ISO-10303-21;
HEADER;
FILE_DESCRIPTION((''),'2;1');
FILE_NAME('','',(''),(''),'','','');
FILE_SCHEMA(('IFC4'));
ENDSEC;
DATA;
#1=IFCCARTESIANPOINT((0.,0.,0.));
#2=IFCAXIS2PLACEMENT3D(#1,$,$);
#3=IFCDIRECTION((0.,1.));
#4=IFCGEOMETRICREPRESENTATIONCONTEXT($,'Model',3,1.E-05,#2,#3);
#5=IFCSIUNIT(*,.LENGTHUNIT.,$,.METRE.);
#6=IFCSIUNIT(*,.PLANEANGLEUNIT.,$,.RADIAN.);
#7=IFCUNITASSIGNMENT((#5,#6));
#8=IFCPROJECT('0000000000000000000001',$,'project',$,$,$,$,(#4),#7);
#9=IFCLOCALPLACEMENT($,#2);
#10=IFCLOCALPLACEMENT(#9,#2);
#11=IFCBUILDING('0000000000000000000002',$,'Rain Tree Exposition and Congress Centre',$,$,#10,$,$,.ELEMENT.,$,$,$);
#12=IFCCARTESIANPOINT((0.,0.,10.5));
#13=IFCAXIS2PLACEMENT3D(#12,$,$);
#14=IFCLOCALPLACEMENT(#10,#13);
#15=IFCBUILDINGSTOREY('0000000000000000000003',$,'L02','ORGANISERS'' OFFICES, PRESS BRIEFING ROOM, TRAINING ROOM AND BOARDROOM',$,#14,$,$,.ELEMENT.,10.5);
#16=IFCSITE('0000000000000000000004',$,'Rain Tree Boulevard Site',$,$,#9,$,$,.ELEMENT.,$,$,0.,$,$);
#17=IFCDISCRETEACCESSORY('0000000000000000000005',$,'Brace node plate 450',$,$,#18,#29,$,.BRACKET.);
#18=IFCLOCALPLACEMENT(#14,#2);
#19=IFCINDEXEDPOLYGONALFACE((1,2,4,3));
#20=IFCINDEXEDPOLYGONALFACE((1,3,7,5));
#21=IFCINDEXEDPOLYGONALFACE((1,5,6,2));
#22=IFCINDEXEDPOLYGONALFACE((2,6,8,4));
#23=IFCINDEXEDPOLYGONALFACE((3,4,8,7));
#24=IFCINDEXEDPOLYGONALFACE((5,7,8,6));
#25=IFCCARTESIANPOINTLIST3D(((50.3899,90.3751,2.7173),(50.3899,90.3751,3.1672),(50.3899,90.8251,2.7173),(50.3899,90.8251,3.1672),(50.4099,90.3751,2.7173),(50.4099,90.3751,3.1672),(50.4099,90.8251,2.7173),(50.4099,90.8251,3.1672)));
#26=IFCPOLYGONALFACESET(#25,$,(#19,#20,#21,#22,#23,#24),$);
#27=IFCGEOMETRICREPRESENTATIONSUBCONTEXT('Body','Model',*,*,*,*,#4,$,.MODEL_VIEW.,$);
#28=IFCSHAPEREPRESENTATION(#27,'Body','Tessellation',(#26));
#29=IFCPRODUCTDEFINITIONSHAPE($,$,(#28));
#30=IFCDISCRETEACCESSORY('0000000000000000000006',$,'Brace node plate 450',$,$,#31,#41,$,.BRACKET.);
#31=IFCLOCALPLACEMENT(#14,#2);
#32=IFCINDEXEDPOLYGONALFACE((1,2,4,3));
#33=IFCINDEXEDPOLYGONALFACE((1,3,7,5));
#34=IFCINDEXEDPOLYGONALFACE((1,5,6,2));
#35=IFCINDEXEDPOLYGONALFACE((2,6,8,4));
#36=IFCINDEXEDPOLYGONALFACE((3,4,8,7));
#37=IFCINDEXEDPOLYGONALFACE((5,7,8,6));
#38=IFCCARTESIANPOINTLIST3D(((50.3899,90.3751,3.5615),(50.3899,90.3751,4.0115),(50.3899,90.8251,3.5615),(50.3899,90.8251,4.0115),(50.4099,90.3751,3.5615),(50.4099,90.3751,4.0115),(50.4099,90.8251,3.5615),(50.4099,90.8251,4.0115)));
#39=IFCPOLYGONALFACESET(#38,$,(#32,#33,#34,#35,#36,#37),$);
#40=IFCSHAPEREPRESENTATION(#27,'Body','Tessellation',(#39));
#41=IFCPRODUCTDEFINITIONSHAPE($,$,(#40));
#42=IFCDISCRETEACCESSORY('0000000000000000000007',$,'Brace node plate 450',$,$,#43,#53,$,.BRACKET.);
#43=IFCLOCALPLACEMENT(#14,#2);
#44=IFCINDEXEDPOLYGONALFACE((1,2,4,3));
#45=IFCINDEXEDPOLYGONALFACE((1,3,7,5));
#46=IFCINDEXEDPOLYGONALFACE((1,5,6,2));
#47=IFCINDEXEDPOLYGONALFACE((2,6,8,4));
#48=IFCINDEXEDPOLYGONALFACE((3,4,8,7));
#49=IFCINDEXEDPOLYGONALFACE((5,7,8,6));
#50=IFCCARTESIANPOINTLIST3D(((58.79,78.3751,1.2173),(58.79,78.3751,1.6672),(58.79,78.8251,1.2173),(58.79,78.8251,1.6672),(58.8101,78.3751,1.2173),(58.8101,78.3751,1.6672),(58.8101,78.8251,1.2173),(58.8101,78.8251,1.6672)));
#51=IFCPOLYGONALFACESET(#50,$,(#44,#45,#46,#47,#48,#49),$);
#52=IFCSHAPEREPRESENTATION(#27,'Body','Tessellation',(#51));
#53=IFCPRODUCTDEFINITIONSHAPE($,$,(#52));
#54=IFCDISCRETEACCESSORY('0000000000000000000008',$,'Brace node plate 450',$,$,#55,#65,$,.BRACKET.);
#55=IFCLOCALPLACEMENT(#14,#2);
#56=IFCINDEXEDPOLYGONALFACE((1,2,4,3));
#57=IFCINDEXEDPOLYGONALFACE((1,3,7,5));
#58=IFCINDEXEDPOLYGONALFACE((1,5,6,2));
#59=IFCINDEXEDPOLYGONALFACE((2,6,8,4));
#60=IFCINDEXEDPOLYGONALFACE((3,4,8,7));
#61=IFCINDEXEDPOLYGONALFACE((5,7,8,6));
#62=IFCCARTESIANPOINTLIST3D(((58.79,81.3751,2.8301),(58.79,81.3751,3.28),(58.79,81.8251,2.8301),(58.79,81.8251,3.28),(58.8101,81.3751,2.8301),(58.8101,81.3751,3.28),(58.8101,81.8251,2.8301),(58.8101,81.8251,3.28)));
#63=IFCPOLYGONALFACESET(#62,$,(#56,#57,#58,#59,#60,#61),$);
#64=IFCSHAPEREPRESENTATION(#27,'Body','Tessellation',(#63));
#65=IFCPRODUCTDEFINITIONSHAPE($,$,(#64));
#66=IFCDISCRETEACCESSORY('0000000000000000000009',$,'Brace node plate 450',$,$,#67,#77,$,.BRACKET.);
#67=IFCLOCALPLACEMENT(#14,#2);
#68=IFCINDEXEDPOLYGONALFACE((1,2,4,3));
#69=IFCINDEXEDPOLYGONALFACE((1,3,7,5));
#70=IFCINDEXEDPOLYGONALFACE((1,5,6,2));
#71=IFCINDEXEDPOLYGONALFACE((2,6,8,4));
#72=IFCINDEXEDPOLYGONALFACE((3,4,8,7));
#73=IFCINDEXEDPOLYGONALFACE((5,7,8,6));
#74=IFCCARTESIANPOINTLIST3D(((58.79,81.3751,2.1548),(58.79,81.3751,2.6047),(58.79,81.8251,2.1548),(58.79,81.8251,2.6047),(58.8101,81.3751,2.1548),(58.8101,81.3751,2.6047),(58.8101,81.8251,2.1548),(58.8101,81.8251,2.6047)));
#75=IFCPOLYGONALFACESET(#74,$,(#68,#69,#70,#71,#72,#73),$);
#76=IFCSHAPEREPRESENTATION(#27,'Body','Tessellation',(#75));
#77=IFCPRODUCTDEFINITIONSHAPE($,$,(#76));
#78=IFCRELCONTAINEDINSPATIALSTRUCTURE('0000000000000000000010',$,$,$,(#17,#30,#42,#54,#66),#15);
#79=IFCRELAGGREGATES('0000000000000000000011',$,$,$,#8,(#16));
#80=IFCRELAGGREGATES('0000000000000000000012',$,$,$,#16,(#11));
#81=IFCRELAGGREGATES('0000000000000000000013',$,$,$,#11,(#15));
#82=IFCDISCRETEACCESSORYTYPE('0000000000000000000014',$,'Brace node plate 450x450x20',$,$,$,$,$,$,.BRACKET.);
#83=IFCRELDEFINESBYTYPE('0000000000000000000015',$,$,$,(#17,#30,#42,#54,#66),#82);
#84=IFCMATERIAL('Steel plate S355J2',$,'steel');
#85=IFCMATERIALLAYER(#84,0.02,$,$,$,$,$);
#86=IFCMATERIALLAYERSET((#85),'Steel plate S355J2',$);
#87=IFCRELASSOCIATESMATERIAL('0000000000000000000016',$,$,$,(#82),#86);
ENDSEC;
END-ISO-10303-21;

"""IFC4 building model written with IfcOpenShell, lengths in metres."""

from ifc_helpers import new_model, si_unit, direction, frame, origin, origin_2d, place, context, subcontext, project, spatial, rectangle, extrude, material, layer, layer_set, type_object, element, save


model = new_model("IFC4")

# Units and contexts
model_context = context("Model", 3, precision=1e-05, world=origin(), true_north=direction((0.0, 1.0)))
body_context = subcontext(model_context, "Body", "Model", "MODEL_VIEW")
ifc_project = project(units=[si_unit("LENGTHUNIT", "METRE"), si_unit("PLANEANGLEUNIT", "RADIAN")], contexts=[model_context])

# Site, building, storey
site_placement = place(None, origin())
site = spatial("IfcSite", under=ifc_project, at=site_placement, Name="Rain Tree Boulevard Site", CompositionType="ELEMENT", RefElevation=0.0)
building_placement = place(site_placement, origin())
building = spatial("IfcBuilding", under=site, at=building_placement, Name="Rain Tree Exposition and Congress Centre", CompositionType="ELEMENT")
storey_placement = place(building_placement, frame((0.0, 0.0, 10.5)))
storey = spatial("IfcBuildingStorey", under=building, at=storey_placement, Name="L02", Description="ORGANISERS' OFFICES, PRESS BRIEFING ROOM, TRAINING ROOM AND BOARDROOM", CompositionType="ELEMENT", Elevation=10.5)

# Discrete accessories
ifc_material_1 = material(Name="Steel plate S355J2", Category="steel")
ifc_layer = layer(ifc_material_1, 0.02)
ifc_layer_set = layer_set([ifc_layer], Name="Steel plate S355J2")
discrete_accessory_type = type_object("IfcDiscreteAccessoryType", Name="Brace node plate 450x450x20", PredefinedType="BRACKET", material=ifc_layer_set)
for number, where, z_axis, x_axis, name in (
    (1, (50.3999, 90.6001, 2.7173), (0.0, 0.0, 1.0), (0.0, -1.0, 0.0), "Brace node plate 450"),
    (2, (50.3999, 90.6001, 3.5615), (0.0, 0.0, 1.0), (0.0, 1.0, 0.0), "Brace node plate 450"),
    (3, (58.8, 78.6001, 1.2173), (0.0, 0.0, 1.0), (0.0, 1.0, 0.0), "Brace node plate 450"),
    (4, (58.8, 81.6001, 2.8301), (0.0, 0.0, 1.0), (0.0, -1.0, 0.0), "Brace node plate 450"),
    (5, (58.8, 81.6001, 2.1548), (0.0, 0.0, 1.0), (0.0, 1.0, 0.0), "Brace node plate 450"),
):
    element("IfcDiscreteAccessory", number, at=place(storey_placement, frame(where, z_axis=z_axis, x_axis=x_axis)), inside=storey, type_object=discrete_accessory_type, Name=name, PredefinedType="BRACKET", context=body_context, shape_type="SweptSolid", body=[
        extrude(rectangle(XDim=0.45, YDim=0.02, at=origin_2d()), origin(), (0.0, 0.0, 1.0), 0.45),
    ])

save(model, "model.ifc")
